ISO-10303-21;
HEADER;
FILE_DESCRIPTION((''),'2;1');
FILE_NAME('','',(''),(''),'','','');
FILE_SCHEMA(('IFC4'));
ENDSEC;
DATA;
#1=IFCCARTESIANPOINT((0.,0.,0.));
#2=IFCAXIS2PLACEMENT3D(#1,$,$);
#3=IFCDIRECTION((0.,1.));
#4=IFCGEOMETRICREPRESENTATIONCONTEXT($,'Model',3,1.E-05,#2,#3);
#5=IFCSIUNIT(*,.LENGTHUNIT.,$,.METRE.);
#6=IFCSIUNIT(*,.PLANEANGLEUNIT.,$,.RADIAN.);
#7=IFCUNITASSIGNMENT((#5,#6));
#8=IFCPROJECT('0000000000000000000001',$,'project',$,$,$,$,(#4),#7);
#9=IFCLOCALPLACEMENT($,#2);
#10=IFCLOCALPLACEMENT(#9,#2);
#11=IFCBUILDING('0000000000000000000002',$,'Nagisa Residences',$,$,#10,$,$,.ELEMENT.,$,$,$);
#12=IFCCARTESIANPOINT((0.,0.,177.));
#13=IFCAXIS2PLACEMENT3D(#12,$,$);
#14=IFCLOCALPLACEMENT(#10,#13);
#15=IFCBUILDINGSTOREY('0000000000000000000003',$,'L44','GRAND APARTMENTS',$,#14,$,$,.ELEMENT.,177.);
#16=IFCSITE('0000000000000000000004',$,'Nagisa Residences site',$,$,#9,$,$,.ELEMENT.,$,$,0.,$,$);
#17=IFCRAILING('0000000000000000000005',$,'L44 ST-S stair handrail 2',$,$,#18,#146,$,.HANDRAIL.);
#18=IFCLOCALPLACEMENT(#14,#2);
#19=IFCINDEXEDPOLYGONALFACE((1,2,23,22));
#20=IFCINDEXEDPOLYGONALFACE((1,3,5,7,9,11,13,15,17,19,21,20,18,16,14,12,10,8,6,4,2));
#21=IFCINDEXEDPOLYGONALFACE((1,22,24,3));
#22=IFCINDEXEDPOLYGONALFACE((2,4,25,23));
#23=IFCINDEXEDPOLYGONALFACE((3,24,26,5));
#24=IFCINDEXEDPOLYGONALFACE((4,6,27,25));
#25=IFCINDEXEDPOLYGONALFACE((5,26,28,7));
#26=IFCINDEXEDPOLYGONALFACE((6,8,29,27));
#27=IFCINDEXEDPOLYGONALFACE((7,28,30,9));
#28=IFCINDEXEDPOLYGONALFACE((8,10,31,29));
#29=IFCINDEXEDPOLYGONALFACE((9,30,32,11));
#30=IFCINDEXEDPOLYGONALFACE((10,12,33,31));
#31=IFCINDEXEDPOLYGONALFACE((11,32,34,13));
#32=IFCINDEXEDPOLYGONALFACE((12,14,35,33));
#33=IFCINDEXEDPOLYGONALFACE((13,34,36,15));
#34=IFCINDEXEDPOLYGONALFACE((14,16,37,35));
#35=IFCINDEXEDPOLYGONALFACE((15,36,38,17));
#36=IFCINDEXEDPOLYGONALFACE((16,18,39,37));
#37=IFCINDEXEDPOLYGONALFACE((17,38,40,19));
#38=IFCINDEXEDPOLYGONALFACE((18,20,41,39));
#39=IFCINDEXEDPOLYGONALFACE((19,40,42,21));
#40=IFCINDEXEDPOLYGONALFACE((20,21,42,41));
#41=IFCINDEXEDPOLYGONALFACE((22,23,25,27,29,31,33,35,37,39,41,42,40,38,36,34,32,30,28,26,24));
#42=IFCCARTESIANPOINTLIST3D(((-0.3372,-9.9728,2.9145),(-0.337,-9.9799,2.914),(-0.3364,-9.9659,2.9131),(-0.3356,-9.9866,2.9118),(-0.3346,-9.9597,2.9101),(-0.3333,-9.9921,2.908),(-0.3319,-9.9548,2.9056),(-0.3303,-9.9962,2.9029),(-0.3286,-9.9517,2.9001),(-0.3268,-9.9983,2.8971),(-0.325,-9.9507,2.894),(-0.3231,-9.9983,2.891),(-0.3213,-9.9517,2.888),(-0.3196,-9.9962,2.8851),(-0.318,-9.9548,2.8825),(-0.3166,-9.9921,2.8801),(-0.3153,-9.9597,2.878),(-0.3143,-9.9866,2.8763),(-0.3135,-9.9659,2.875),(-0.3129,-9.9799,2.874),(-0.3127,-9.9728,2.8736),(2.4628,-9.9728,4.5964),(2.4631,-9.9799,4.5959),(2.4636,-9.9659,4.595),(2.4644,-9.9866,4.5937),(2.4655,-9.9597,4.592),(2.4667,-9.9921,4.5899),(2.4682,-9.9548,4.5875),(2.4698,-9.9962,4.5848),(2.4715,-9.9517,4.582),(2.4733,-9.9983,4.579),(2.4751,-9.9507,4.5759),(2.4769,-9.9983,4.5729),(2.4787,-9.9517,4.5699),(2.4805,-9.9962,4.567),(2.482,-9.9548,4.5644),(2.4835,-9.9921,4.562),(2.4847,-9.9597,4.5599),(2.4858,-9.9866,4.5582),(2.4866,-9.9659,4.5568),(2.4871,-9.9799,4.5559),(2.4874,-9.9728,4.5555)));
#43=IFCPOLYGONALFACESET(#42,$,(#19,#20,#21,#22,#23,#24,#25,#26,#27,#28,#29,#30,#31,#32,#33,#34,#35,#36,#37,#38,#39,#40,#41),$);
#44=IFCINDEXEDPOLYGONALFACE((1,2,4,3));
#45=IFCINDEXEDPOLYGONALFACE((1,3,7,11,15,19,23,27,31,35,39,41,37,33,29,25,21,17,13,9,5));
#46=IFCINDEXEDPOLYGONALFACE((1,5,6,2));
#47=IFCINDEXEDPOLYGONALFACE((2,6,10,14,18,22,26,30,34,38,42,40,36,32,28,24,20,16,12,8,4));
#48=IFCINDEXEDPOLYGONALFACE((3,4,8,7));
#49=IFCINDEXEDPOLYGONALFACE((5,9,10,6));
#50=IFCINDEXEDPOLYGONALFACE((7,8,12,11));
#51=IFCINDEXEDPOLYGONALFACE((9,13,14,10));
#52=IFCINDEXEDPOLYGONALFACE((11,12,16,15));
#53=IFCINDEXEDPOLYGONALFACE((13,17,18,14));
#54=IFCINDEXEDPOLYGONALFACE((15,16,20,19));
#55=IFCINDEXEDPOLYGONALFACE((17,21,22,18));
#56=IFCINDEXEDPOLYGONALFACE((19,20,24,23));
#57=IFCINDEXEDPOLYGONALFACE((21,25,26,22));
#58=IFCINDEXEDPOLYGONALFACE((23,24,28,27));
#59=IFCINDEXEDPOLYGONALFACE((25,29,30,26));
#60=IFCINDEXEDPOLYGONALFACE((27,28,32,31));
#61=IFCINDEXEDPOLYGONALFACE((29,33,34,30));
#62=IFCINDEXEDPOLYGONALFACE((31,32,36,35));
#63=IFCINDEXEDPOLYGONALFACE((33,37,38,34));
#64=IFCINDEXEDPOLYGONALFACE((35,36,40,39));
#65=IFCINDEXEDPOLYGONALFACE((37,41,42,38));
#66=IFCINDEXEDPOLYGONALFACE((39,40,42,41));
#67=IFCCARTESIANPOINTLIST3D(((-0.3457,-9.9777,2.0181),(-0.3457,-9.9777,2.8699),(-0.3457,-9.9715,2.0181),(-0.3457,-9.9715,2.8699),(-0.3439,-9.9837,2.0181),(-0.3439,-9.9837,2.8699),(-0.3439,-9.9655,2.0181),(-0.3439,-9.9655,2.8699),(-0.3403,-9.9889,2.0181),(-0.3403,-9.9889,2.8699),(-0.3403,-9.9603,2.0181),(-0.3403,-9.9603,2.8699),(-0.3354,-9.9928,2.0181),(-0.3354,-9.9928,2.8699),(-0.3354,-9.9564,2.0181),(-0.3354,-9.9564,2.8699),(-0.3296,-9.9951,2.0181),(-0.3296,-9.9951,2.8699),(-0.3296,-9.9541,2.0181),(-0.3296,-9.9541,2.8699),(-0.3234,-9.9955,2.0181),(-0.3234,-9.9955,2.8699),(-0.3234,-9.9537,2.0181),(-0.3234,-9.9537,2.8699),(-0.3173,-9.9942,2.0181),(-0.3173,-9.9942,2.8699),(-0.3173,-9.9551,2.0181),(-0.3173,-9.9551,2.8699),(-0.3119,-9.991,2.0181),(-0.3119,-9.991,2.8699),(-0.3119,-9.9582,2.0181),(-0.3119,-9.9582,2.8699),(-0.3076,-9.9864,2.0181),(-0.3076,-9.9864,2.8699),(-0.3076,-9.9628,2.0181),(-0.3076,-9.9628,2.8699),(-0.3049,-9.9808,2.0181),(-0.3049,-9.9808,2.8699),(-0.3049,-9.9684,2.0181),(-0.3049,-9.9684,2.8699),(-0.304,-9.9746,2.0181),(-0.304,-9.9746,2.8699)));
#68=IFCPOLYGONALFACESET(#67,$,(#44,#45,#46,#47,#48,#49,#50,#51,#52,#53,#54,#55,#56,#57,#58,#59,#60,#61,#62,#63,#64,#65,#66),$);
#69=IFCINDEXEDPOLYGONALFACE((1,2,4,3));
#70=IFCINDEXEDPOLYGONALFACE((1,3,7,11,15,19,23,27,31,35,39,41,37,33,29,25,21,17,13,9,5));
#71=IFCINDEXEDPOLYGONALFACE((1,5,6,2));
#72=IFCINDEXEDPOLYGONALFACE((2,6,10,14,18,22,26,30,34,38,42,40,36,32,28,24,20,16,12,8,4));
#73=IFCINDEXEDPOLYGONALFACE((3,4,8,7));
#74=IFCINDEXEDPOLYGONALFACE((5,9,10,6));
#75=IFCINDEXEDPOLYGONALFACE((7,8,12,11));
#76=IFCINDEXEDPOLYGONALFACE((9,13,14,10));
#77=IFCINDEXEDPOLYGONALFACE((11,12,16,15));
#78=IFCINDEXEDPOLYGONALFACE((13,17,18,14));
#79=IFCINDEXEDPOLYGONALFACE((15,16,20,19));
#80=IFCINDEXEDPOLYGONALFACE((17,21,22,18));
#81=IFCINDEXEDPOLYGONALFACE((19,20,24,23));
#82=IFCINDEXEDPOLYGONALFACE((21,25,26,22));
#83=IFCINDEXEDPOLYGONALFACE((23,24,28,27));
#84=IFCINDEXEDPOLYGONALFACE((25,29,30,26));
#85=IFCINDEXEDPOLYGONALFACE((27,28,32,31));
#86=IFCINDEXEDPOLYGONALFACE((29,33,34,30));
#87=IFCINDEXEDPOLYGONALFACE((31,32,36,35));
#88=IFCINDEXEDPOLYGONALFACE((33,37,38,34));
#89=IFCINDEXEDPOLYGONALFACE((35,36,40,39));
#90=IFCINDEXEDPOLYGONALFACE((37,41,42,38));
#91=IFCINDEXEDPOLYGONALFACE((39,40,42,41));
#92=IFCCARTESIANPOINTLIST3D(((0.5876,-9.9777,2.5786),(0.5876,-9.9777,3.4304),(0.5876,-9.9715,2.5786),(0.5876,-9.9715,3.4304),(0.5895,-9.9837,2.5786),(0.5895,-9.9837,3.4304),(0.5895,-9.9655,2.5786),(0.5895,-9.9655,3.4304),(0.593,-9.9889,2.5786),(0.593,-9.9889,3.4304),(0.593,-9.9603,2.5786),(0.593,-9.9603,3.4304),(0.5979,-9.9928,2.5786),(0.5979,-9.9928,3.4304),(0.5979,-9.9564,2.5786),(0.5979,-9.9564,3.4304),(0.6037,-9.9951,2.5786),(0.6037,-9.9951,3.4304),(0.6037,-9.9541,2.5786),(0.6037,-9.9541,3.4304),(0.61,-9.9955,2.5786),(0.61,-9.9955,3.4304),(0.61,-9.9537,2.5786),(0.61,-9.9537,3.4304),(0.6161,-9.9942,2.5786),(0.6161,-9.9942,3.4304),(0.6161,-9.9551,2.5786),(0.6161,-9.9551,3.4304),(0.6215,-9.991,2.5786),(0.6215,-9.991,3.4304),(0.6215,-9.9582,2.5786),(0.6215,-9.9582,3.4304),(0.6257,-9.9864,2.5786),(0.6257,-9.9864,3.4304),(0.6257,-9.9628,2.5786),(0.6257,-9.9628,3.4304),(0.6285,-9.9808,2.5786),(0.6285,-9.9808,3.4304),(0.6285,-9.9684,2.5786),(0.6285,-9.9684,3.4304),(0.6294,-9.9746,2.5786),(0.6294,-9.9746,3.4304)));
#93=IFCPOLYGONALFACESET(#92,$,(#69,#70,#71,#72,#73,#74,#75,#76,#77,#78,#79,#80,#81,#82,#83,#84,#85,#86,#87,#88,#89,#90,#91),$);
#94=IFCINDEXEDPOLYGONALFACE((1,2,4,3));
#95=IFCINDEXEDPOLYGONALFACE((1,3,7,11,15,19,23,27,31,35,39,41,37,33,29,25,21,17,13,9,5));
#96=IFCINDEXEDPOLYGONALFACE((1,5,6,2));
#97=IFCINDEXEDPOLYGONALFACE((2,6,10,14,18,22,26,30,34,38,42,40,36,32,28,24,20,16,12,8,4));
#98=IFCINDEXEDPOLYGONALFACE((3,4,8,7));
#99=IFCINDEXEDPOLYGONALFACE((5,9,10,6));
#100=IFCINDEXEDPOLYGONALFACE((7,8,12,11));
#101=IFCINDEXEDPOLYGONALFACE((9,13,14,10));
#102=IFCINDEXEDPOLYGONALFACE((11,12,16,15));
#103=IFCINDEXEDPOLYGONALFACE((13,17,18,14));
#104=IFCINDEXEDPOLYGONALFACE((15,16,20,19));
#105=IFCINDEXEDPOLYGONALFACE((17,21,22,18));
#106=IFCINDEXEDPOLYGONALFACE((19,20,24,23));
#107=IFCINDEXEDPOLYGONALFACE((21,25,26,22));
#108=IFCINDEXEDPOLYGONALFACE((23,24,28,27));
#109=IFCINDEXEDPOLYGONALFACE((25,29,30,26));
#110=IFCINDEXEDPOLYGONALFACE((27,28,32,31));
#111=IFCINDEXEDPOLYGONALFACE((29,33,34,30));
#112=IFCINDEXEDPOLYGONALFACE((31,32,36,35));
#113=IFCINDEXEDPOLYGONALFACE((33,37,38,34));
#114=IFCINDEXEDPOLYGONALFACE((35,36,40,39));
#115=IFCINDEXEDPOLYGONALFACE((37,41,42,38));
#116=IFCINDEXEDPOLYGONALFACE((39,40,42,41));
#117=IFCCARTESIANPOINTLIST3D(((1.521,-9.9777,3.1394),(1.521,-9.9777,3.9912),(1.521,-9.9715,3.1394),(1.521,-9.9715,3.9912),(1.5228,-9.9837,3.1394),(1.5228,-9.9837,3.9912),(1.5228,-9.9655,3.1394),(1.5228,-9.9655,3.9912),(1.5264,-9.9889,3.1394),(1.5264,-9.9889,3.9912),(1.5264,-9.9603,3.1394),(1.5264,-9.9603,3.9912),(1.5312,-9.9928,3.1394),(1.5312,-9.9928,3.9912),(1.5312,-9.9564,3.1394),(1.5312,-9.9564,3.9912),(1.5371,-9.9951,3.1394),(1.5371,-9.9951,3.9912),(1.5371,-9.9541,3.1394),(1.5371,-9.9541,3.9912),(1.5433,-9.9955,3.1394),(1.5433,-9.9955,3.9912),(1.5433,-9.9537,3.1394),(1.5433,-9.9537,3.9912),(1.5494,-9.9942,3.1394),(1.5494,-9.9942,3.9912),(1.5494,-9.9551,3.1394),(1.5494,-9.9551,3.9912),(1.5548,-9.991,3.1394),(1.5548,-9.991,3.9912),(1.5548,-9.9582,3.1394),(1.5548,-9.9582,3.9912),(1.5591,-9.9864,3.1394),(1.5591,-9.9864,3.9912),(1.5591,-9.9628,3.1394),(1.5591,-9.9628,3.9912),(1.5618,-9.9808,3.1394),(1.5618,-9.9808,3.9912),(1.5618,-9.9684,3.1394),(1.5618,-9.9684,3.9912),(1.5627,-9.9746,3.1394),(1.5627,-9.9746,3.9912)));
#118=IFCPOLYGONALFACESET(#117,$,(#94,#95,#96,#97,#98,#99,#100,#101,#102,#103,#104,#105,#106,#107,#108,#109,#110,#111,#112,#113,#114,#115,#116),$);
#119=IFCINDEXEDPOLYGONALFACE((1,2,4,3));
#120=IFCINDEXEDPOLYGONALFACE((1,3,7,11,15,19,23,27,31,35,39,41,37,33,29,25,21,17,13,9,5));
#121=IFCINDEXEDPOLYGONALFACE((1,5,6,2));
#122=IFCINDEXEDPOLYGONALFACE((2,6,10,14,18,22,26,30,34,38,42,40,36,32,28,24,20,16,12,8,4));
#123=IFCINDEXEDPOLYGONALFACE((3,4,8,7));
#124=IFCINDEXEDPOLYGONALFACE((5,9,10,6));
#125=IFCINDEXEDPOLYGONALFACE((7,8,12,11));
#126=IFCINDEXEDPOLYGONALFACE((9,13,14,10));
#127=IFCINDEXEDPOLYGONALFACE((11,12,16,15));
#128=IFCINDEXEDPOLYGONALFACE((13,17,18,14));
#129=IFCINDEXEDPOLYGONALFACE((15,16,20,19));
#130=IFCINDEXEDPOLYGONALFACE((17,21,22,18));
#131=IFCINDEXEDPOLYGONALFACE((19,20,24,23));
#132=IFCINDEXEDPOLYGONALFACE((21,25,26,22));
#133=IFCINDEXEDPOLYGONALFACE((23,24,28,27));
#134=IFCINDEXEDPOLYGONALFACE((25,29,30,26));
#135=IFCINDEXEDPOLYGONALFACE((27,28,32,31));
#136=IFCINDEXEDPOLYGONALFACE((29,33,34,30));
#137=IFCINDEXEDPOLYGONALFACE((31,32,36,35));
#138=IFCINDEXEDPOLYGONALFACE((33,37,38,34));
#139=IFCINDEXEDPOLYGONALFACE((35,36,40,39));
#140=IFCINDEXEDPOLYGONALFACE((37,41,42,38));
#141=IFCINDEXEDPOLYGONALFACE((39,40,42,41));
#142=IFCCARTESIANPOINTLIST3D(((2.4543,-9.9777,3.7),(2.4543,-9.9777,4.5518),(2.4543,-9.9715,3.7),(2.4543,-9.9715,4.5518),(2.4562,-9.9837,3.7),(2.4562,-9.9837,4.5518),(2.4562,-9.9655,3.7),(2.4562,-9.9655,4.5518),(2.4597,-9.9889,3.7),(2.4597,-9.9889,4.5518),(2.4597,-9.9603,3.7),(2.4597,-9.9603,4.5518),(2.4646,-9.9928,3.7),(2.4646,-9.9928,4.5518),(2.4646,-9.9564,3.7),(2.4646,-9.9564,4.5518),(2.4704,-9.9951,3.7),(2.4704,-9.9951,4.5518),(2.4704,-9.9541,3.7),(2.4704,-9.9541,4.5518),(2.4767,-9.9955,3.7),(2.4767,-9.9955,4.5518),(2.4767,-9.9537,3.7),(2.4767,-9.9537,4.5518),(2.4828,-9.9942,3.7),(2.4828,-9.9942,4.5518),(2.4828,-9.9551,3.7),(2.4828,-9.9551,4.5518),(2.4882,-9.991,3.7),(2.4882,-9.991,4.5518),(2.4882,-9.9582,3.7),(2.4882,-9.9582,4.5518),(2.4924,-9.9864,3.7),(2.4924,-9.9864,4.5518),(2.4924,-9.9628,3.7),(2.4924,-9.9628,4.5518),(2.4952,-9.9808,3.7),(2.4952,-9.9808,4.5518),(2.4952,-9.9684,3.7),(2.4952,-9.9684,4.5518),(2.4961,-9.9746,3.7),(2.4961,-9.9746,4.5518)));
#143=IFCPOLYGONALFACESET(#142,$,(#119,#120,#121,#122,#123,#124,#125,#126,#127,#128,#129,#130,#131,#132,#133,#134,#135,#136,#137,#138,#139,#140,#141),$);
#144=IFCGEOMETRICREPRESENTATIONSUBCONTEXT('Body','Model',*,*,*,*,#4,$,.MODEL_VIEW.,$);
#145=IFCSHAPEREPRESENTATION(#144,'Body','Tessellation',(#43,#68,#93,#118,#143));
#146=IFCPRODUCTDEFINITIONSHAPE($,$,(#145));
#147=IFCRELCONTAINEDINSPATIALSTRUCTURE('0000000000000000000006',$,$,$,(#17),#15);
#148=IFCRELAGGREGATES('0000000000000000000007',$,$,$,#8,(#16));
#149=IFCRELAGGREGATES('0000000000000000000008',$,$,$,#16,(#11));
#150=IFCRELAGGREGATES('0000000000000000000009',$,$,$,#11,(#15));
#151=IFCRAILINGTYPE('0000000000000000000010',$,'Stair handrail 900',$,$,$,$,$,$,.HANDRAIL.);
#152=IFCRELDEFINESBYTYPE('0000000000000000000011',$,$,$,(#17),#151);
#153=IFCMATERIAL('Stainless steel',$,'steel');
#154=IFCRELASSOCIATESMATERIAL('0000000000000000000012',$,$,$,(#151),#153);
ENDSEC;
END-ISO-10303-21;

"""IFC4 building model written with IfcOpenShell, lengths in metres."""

from ifc_helpers import new_model, si_unit, direction, frame, origin, origin_2d, place, context, subcontext, project, spatial, circle, extrude, material, type_object, element, save


model = new_model("IFC4")

# Units and contexts
model_context = context("Model", 3, precision=1e-05, world=origin(), true_north=direction((0.0, 1.0)))
body_context = subcontext(model_context, "Body", "Model", "MODEL_VIEW")
ifc_project = project(units=[si_unit("LENGTHUNIT", "METRE"), si_unit("PLANEANGLEUNIT", "RADIAN")], contexts=[model_context])

# Site, building, storey
site_placement = place(None, origin())
site = spatial("IfcSite", under=ifc_project, at=site_placement, Name="Nagisa Residences site", CompositionType="ELEMENT", RefElevation=0.0)
building_placement = place(site_placement, origin())
building = spatial("IfcBuilding", under=site, at=building_placement, Name="Nagisa Residences", CompositionType="ELEMENT")
storey_placement = place(building_placement, frame((0.0, 0.0, 177.0)))
storey = spatial("IfcBuildingStorey", under=building, at=storey_placement, Name="L44", Description="GRAND APARTMENTS", CompositionType="ELEMENT", Elevation=177.0)

# Railing
ifc_material_1 = material(Name="Stainless steel", Category="steel")
railing_type = type_object("IfcRailingType", Name="Stair handrail 900", PredefinedType="HANDRAIL", material=ifc_material_1)
railing_placement = place(storey_placement, frame((-0.325, -9.9746, 2.0181)))
element("IfcRailing", 1, at=railing_placement, inside=storey, type_object=railing_type, Name="L44 ST-S stair handrail 2", PredefinedType="HANDRAIL", context=body_context, shape_type="SweptSolid", body=[
    extrude(circle(Radius=0.0239, at=origin_2d()), frame((0.0, 0.0, 0.876), z_axis=(0.857242, 0.0, 0.514913), x_axis=(0.0, 1.0, 0.0)), (0.0, 0.0, 1.0), 3.2664),
    extrude(circle(Radius=0.021, at=origin_2d()), origin(), (0.0, 0.0, 1.0), 0.8518),
    extrude(circle(Radius=0.021, at=origin_2d()), frame((0.9333, 0.0, 0.5605)), (0.0, 0.0, 1.0), 0.8518),
    extrude(circle(Radius=0.021, at=origin_2d()), frame((1.8667, 0.0, 1.1213)), (0.0, 0.0, 1.0), 0.8518),
    extrude(circle(Radius=0.021, at=origin_2d()), frame((2.8, 0.0, 1.6819)), (0.0, 0.0, 1.0), 0.8518),
])

save(model, "model.ifc")
